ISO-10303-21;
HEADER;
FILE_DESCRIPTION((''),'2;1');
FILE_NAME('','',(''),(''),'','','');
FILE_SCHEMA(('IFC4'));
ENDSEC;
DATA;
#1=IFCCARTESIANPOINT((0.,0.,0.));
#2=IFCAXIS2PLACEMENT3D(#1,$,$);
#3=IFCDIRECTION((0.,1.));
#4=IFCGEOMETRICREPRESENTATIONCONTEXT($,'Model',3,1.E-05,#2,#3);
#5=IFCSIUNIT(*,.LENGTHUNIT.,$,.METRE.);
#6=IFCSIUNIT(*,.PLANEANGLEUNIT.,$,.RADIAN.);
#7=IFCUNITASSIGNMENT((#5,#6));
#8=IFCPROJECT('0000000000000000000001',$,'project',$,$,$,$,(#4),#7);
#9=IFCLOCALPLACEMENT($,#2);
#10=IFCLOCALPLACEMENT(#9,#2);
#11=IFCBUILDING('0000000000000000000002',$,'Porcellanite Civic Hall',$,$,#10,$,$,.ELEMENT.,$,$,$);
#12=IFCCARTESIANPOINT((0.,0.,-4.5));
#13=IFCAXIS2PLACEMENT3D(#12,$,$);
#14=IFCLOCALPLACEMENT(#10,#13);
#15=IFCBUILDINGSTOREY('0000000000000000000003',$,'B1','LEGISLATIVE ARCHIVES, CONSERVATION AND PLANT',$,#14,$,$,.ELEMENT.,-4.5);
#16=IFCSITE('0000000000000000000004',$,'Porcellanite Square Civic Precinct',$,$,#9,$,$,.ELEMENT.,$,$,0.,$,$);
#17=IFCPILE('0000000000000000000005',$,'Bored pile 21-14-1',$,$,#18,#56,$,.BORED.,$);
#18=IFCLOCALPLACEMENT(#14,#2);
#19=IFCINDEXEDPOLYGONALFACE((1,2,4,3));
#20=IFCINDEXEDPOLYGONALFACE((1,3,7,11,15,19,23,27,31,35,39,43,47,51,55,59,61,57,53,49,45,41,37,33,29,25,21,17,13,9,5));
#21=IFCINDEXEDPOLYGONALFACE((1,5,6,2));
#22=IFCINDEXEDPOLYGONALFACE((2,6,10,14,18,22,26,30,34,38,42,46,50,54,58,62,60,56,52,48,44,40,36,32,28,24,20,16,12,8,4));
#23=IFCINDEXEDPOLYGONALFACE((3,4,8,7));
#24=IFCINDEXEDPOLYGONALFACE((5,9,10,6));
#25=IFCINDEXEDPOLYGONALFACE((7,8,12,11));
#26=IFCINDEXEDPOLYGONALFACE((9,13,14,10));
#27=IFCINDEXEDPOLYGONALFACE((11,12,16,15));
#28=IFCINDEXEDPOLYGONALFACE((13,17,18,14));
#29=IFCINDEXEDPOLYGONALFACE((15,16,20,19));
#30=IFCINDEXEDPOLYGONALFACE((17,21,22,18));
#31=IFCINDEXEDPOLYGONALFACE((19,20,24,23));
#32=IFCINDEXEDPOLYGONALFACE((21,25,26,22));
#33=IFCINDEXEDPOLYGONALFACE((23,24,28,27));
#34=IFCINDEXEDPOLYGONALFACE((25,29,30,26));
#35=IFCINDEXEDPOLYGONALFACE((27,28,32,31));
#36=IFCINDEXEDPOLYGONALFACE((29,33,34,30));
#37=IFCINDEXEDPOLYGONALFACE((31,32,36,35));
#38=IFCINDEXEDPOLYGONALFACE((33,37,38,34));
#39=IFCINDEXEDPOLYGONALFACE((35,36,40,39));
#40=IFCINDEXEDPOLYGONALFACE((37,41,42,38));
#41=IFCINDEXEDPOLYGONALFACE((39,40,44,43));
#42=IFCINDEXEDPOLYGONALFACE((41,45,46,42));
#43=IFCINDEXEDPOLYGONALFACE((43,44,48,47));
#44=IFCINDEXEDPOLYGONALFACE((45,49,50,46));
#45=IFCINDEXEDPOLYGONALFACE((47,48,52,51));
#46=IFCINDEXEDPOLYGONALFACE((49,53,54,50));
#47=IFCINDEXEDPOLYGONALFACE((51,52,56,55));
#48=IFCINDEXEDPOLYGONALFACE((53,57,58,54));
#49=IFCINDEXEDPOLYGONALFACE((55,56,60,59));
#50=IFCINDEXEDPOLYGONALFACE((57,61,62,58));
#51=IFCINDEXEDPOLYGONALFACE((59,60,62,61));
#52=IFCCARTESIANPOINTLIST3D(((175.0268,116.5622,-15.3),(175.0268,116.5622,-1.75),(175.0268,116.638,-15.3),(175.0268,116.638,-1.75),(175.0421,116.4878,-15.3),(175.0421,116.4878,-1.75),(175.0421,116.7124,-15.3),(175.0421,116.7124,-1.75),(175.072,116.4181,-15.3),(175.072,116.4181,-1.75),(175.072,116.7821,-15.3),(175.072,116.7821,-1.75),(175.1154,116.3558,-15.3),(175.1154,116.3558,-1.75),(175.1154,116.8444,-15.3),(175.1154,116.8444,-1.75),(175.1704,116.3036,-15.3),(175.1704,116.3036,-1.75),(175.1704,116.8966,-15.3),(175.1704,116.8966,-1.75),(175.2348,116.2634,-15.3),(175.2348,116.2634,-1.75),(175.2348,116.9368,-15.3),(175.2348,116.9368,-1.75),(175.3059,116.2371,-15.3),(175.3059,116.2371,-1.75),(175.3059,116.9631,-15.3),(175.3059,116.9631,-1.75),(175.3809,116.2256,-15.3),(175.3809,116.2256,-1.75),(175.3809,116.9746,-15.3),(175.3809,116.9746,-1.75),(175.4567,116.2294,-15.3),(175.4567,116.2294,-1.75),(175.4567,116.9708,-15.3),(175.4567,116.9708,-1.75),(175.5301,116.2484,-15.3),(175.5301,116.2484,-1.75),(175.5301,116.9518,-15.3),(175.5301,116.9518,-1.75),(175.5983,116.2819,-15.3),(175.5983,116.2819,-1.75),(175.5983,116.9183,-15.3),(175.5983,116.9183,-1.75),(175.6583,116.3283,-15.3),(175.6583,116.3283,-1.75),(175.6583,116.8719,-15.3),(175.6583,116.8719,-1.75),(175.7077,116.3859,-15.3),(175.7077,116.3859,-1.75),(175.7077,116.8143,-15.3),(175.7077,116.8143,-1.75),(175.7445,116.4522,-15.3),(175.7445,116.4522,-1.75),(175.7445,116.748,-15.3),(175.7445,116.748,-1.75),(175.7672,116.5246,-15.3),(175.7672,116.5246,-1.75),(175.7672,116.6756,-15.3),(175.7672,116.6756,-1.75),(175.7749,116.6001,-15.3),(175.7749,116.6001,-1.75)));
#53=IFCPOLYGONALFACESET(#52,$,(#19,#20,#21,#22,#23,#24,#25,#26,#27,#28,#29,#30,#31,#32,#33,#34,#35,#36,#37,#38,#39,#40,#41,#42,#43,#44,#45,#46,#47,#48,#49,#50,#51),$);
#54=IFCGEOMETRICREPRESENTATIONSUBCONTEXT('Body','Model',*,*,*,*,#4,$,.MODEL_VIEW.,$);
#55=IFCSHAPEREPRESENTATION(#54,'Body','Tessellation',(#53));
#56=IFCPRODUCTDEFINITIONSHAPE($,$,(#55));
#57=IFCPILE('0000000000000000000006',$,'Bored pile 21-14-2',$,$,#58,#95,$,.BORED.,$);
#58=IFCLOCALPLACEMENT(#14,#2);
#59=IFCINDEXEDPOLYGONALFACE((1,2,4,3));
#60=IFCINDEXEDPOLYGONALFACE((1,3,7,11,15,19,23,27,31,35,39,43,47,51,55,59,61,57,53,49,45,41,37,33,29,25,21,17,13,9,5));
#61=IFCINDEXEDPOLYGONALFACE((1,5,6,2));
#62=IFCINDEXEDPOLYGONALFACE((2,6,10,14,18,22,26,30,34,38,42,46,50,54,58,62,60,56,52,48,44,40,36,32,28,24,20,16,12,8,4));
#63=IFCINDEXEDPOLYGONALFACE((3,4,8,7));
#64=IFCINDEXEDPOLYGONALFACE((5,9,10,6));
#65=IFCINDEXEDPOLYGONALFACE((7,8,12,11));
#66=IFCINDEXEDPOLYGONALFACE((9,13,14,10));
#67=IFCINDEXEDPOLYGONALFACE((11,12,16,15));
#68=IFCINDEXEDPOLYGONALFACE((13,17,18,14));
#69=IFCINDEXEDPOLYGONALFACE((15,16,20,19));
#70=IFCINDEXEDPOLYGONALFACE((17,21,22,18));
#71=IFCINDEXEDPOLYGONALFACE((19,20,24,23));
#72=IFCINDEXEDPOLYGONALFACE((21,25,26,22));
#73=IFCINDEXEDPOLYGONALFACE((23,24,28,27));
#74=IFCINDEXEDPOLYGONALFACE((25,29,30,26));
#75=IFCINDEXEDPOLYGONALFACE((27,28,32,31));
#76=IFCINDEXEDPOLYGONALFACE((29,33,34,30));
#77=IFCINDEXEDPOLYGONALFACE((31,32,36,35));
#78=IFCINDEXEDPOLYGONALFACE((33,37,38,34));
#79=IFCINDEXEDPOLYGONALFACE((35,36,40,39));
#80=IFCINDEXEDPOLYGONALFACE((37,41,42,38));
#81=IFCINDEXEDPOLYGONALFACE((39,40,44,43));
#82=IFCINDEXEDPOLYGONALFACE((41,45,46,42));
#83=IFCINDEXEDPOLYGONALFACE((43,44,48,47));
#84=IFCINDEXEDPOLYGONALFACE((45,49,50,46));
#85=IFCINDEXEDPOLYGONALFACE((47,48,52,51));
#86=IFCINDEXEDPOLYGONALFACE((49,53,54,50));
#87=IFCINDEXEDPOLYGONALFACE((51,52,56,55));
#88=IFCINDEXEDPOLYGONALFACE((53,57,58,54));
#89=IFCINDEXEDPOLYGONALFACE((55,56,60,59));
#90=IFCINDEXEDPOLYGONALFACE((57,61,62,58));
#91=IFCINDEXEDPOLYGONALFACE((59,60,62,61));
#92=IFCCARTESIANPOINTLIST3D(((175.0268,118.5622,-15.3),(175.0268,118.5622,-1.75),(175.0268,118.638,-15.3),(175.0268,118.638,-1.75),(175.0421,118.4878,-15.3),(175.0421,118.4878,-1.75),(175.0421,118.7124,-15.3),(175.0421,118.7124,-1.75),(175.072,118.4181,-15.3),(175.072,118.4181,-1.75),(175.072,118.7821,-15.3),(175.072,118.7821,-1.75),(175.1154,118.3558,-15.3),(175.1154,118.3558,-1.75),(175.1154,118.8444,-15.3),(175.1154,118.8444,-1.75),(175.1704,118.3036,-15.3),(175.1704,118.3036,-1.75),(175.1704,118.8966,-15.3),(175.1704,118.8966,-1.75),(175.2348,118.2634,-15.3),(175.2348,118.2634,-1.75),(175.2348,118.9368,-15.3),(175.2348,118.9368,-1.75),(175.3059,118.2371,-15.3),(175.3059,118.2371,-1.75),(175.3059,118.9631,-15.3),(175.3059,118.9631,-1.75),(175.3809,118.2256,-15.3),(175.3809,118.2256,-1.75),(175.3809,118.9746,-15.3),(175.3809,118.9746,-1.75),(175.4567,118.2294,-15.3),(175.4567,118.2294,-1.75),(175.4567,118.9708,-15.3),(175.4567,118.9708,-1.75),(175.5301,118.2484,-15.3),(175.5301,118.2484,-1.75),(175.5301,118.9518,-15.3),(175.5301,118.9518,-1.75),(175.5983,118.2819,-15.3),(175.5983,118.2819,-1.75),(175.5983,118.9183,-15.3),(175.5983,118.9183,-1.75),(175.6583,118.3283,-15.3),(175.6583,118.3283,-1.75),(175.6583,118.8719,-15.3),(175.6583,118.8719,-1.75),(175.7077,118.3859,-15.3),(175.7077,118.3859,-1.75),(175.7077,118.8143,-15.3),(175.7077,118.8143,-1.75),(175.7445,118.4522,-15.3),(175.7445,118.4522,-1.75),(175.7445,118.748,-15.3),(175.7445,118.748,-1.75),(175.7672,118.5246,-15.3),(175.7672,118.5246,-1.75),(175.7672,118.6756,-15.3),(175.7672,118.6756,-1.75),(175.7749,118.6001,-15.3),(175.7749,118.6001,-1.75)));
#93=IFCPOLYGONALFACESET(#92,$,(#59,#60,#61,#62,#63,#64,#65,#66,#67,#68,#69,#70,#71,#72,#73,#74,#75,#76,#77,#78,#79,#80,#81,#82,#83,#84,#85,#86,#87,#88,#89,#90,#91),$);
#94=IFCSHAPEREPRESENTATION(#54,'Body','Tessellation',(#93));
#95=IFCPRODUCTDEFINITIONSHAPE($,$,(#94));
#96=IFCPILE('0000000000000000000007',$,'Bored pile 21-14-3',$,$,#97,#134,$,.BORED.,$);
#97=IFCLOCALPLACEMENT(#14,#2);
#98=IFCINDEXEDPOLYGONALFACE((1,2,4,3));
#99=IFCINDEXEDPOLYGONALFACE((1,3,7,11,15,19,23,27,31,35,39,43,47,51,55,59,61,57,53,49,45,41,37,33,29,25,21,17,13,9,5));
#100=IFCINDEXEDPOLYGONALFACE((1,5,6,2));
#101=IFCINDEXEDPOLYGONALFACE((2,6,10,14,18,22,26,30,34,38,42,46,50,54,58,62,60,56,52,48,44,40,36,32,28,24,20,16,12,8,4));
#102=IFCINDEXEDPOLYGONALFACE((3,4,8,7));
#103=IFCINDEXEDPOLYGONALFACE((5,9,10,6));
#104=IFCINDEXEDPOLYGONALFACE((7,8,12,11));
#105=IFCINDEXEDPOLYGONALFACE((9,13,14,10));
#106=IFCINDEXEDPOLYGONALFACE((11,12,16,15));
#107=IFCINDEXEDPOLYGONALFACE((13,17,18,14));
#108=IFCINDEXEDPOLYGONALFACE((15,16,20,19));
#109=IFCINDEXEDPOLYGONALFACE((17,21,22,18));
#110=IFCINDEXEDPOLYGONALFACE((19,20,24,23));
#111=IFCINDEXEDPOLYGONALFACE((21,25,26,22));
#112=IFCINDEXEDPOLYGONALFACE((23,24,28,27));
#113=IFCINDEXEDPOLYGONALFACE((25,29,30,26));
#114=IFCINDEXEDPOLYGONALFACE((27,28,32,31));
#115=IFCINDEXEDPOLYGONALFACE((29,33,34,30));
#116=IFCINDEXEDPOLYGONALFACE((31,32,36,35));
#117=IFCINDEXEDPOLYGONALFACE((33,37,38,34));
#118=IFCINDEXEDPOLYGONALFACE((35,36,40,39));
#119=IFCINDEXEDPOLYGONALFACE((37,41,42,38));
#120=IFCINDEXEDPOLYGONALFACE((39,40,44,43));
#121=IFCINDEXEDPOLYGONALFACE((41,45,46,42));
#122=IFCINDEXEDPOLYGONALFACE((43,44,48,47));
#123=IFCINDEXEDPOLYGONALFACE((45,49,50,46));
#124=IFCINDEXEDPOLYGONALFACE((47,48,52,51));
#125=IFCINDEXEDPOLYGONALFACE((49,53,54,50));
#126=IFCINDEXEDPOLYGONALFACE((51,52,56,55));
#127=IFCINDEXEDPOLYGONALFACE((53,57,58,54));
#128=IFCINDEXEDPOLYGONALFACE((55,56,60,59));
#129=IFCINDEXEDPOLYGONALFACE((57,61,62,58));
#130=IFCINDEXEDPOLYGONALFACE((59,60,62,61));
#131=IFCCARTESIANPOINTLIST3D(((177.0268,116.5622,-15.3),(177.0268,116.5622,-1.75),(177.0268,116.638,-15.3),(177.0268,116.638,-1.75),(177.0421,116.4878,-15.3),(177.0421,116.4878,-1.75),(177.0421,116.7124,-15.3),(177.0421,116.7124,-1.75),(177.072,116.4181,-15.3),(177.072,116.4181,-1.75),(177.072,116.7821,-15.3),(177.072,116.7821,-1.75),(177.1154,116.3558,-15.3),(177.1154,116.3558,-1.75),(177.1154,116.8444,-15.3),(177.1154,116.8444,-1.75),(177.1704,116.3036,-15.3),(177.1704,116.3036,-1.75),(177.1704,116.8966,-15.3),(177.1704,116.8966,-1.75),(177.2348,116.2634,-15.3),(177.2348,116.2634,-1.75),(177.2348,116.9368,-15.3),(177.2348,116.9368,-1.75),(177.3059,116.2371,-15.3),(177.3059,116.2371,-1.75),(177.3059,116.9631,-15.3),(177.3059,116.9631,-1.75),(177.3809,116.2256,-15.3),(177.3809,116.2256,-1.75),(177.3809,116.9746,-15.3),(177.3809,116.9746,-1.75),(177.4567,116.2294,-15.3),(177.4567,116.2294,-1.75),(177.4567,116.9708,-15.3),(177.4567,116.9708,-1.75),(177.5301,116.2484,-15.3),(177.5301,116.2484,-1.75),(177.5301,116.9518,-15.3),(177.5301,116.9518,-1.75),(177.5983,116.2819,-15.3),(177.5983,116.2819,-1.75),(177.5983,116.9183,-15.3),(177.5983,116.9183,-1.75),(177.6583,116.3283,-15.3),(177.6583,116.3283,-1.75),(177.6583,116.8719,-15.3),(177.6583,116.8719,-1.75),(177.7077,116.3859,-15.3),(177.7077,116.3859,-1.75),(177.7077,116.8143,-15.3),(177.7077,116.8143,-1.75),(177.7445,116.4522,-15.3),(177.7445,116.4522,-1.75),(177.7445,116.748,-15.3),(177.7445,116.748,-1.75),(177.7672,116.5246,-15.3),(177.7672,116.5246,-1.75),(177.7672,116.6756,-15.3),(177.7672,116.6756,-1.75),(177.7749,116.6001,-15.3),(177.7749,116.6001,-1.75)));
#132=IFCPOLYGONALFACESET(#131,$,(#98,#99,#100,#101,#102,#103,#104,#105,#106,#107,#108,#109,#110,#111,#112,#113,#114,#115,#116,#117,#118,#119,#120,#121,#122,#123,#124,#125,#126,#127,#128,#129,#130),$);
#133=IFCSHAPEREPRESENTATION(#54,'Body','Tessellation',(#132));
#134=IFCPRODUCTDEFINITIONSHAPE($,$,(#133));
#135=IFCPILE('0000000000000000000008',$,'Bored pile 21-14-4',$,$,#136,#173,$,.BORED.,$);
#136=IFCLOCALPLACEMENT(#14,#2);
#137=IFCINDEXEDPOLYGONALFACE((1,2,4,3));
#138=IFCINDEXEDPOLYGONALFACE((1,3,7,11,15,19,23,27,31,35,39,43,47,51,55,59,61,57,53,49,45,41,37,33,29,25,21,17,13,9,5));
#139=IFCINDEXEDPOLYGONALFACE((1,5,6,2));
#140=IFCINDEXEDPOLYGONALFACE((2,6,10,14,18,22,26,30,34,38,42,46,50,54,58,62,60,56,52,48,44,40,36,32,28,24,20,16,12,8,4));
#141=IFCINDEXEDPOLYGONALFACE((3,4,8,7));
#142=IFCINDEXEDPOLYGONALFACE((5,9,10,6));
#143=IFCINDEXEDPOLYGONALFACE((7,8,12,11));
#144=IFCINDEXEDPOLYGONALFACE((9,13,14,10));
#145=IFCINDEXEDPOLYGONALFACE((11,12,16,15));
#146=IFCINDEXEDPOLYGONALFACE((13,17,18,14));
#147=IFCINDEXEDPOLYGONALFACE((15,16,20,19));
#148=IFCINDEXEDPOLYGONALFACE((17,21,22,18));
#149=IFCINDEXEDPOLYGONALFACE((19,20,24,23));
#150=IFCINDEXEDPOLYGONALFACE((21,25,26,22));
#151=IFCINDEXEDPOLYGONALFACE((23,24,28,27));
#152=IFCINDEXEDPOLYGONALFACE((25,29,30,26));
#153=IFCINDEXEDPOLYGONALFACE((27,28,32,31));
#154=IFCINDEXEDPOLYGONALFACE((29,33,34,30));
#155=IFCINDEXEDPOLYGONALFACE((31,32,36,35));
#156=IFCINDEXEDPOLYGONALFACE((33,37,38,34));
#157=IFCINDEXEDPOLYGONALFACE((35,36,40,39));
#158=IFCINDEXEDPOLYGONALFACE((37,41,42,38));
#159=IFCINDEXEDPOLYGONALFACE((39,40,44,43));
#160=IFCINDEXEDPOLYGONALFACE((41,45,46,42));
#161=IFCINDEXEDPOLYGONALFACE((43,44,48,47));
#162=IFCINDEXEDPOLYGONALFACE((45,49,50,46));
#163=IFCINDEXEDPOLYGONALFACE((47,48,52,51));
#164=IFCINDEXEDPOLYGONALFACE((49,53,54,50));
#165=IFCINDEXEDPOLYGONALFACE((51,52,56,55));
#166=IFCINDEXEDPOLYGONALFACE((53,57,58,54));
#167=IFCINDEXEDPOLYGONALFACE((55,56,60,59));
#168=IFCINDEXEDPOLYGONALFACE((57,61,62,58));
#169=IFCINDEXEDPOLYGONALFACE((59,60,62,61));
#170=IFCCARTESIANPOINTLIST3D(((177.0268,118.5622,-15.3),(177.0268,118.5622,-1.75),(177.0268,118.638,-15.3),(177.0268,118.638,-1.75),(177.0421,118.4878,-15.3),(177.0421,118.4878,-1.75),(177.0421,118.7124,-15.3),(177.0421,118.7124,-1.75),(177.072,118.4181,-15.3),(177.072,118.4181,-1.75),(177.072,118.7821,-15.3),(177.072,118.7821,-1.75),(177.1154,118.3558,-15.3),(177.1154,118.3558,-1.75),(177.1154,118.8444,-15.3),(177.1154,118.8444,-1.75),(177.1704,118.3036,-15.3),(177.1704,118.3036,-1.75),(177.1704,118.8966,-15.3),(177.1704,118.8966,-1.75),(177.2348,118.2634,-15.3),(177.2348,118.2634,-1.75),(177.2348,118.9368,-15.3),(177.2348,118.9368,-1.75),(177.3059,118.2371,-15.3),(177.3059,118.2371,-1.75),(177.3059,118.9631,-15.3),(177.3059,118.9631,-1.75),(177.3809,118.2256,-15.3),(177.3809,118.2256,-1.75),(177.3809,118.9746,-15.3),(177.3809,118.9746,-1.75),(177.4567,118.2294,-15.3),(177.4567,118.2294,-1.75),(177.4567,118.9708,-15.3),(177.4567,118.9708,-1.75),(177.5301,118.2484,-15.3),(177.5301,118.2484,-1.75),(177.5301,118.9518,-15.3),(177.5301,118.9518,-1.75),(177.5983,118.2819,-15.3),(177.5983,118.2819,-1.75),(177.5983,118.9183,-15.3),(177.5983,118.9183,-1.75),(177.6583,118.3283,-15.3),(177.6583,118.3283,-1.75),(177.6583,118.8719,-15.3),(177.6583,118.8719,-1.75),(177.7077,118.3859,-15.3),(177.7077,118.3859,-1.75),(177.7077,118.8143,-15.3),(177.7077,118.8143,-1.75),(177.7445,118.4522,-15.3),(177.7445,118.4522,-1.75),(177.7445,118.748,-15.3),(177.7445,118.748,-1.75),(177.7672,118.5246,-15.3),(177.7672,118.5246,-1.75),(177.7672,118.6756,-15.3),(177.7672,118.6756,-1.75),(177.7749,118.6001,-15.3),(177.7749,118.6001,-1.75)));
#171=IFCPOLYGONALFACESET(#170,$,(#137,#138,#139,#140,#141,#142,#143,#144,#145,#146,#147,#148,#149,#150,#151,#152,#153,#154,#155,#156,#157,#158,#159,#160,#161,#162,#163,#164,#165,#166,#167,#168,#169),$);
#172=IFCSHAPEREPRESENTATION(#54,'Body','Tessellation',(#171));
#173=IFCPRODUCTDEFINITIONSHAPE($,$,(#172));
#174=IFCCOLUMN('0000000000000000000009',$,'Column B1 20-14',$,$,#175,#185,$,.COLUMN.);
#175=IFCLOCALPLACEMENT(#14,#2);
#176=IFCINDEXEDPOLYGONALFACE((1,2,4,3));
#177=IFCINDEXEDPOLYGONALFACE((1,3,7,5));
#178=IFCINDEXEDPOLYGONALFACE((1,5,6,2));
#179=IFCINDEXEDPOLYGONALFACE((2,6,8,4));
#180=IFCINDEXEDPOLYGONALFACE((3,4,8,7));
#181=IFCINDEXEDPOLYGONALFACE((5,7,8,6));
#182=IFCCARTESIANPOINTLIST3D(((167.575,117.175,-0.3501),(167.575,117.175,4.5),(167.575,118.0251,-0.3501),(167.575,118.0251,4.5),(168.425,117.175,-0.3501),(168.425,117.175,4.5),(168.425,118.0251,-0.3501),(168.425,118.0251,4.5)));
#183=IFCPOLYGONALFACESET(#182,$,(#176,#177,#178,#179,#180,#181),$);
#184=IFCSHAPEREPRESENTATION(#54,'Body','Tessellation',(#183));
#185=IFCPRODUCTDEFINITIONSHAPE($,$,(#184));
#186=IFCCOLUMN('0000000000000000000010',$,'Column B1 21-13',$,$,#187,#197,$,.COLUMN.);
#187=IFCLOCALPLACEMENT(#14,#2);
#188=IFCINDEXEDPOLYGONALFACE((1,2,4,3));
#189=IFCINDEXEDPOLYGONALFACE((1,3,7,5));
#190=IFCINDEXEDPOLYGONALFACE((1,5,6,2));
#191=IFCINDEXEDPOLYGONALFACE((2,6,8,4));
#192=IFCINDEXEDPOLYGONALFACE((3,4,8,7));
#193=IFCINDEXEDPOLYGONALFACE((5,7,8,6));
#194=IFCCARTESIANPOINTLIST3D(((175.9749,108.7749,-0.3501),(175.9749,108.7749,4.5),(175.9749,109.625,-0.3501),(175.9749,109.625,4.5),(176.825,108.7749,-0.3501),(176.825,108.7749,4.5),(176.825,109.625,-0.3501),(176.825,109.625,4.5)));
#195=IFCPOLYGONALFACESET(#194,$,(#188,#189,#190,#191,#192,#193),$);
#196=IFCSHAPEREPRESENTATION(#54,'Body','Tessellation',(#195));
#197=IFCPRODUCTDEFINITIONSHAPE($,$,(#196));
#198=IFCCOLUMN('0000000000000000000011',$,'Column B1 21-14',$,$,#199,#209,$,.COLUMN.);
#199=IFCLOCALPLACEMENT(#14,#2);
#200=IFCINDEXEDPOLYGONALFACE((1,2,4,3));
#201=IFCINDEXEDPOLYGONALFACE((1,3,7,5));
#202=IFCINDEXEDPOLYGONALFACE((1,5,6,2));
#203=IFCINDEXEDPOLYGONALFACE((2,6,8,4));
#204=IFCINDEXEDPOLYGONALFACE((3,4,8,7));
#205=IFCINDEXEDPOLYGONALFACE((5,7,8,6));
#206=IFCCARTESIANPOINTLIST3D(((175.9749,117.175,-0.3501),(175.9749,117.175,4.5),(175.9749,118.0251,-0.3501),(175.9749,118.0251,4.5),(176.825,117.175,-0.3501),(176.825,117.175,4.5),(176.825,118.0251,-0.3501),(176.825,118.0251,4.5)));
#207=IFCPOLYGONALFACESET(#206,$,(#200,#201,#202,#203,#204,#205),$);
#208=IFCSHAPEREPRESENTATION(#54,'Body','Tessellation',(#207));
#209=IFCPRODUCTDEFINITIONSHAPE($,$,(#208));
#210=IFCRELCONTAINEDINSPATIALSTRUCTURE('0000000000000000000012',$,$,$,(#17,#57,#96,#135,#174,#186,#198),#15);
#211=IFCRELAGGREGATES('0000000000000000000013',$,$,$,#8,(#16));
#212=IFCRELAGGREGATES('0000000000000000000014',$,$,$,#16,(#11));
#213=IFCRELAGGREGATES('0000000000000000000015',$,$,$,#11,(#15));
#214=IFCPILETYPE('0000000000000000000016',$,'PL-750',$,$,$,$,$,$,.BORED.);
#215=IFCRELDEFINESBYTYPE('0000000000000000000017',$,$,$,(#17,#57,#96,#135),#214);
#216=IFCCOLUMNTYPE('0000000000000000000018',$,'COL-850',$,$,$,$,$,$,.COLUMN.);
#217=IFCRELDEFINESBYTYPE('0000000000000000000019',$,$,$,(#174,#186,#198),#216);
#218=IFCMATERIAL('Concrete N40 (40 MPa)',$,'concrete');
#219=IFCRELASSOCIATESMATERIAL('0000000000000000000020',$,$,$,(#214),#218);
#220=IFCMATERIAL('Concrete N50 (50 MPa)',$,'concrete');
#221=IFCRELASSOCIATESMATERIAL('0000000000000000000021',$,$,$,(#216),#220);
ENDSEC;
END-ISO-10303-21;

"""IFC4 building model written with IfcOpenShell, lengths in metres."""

from ifc_helpers import new_model, si_unit, direction, frame, origin, origin_2d, place, context, subcontext, project, spatial, rectangle, circle, extrude, material, material_profile, profile_set, type_object, element, save


model = new_model("IFC4")

# Units and contexts
model_context = context("Model", 3, precision=1e-05, world=origin(), true_north=direction((0.0, 1.0)))
body_context = subcontext(model_context, "Body", "Model", "MODEL_VIEW")
ifc_project = project(units=[si_unit("LENGTHUNIT", "METRE"), si_unit("PLANEANGLEUNIT", "RADIAN")], contexts=[model_context])

# Site, building, storey
site_placement = place(None, origin())
site = spatial("IfcSite", under=ifc_project, at=site_placement, Name="Porcellanite Square Civic Precinct", CompositionType="ELEMENT", RefElevation=0.0)
building_placement = place(site_placement, origin())
building = spatial("IfcBuilding", under=site, at=building_placement, Name="Porcellanite Civic Hall", CompositionType="ELEMENT")
storey_placement = place(building_placement, frame((0.0, 0.0, -4.5)))
storey = spatial("IfcBuildingStorey", under=building, at=storey_placement, Name="B1", Description="LEGISLATIVE ARCHIVES, CONSERVATION AND PLANT", CompositionType="ELEMENT", Elevation=-4.5)

# Piles
ifc_material_1 = material(Name="Concrete N40 (40 MPa)", Category="concrete")
ifc_material_profile_1 = material_profile(ifc_material_1, circle(Radius=0.375, at=origin_2d()), Name="PILE-D750")
ifc_profile_set_1 = profile_set([ifc_material_profile_1], Name="Concrete N40 (40 MPa)")
pile_type = type_object("IfcPileType", Name="PL-750", PredefinedType="BORED", material=ifc_profile_set_1)
for number, where, z_axis, x_axis, name in (
    (1, (175.3999, 116.6001, -1.75), (0.0, 0.0, -1.0), (1.0, 0.0, 0.0), "Bored pile 21-14-1"),
    (2, (175.3999, 118.6001, -1.75), (0.0, 0.0, -1.0), (1.0, 0.0, 0.0), "Bored pile 21-14-2"),
    (3, (177.3999, 116.6001, -1.75), (0.0, 0.0, -1.0), (1.0, 0.0, 0.0), "Bored pile 21-14-3"),
    (4, (177.3999, 118.6001, -1.75), (0.0, 0.0, -1.0), (1.0, 0.0, 0.0), "Bored pile 21-14-4"),
):
    element("IfcPile", number, at=place(storey_placement, frame(where, z_axis=z_axis, x_axis=x_axis)), inside=storey, type_object=pile_type, Name=name, PredefinedType="BORED", context=body_context, shape_type="SweptSolid", body=[
        extrude(circle(Radius=0.375, at=origin_2d()), origin(), (0.0, 0.0, 1.0), 13.55),
    ])

# Columns
ifc_material_2 = material(Name="Concrete N50 (50 MPa)", Category="concrete")
ifc_material_profile_2 = material_profile(ifc_material_2, rectangle(XDim=0.8501, YDim=0.8501, at=origin_2d()), Name="RC-850x850")
ifc_profile_set_2 = profile_set([ifc_material_profile_2], Name="Concrete N50 (50 MPa)")
column_type = type_object("IfcColumnType", Name="COL-850", PredefinedType="COLUMN", material=ifc_profile_set_2)
for number, where, z_axis, x_axis, name in (
    (5, (168.0, 117.6001, -0.3501), (0.0, 0.0, 1.0), (1.0, 0.0, 0.0), "Column B1 20-14"),
    (6, (176.3999, 109.2, -0.3501), (0.0, 0.0, 1.0), (1.0, 0.0, 0.0), "Column B1 21-13"),
    (7, (176.3999, 117.6001, -0.3501), (0.0, 0.0, 1.0), (1.0, 0.0, 0.0), "Column B1 21-14"),
):
    element("IfcColumn", number, at=place(storey_placement, frame(where, z_axis=z_axis, x_axis=x_axis)), inside=storey, type_object=column_type, Name=name, PredefinedType="COLUMN", context=body_context, shape_type="SweptSolid", body=[
        extrude(rectangle(XDim=0.8501, YDim=0.8501, at=origin_2d()), origin(), (0.0, 0.0, 1.0), 4.8501),
    ])

save(model, "model.ifc")
